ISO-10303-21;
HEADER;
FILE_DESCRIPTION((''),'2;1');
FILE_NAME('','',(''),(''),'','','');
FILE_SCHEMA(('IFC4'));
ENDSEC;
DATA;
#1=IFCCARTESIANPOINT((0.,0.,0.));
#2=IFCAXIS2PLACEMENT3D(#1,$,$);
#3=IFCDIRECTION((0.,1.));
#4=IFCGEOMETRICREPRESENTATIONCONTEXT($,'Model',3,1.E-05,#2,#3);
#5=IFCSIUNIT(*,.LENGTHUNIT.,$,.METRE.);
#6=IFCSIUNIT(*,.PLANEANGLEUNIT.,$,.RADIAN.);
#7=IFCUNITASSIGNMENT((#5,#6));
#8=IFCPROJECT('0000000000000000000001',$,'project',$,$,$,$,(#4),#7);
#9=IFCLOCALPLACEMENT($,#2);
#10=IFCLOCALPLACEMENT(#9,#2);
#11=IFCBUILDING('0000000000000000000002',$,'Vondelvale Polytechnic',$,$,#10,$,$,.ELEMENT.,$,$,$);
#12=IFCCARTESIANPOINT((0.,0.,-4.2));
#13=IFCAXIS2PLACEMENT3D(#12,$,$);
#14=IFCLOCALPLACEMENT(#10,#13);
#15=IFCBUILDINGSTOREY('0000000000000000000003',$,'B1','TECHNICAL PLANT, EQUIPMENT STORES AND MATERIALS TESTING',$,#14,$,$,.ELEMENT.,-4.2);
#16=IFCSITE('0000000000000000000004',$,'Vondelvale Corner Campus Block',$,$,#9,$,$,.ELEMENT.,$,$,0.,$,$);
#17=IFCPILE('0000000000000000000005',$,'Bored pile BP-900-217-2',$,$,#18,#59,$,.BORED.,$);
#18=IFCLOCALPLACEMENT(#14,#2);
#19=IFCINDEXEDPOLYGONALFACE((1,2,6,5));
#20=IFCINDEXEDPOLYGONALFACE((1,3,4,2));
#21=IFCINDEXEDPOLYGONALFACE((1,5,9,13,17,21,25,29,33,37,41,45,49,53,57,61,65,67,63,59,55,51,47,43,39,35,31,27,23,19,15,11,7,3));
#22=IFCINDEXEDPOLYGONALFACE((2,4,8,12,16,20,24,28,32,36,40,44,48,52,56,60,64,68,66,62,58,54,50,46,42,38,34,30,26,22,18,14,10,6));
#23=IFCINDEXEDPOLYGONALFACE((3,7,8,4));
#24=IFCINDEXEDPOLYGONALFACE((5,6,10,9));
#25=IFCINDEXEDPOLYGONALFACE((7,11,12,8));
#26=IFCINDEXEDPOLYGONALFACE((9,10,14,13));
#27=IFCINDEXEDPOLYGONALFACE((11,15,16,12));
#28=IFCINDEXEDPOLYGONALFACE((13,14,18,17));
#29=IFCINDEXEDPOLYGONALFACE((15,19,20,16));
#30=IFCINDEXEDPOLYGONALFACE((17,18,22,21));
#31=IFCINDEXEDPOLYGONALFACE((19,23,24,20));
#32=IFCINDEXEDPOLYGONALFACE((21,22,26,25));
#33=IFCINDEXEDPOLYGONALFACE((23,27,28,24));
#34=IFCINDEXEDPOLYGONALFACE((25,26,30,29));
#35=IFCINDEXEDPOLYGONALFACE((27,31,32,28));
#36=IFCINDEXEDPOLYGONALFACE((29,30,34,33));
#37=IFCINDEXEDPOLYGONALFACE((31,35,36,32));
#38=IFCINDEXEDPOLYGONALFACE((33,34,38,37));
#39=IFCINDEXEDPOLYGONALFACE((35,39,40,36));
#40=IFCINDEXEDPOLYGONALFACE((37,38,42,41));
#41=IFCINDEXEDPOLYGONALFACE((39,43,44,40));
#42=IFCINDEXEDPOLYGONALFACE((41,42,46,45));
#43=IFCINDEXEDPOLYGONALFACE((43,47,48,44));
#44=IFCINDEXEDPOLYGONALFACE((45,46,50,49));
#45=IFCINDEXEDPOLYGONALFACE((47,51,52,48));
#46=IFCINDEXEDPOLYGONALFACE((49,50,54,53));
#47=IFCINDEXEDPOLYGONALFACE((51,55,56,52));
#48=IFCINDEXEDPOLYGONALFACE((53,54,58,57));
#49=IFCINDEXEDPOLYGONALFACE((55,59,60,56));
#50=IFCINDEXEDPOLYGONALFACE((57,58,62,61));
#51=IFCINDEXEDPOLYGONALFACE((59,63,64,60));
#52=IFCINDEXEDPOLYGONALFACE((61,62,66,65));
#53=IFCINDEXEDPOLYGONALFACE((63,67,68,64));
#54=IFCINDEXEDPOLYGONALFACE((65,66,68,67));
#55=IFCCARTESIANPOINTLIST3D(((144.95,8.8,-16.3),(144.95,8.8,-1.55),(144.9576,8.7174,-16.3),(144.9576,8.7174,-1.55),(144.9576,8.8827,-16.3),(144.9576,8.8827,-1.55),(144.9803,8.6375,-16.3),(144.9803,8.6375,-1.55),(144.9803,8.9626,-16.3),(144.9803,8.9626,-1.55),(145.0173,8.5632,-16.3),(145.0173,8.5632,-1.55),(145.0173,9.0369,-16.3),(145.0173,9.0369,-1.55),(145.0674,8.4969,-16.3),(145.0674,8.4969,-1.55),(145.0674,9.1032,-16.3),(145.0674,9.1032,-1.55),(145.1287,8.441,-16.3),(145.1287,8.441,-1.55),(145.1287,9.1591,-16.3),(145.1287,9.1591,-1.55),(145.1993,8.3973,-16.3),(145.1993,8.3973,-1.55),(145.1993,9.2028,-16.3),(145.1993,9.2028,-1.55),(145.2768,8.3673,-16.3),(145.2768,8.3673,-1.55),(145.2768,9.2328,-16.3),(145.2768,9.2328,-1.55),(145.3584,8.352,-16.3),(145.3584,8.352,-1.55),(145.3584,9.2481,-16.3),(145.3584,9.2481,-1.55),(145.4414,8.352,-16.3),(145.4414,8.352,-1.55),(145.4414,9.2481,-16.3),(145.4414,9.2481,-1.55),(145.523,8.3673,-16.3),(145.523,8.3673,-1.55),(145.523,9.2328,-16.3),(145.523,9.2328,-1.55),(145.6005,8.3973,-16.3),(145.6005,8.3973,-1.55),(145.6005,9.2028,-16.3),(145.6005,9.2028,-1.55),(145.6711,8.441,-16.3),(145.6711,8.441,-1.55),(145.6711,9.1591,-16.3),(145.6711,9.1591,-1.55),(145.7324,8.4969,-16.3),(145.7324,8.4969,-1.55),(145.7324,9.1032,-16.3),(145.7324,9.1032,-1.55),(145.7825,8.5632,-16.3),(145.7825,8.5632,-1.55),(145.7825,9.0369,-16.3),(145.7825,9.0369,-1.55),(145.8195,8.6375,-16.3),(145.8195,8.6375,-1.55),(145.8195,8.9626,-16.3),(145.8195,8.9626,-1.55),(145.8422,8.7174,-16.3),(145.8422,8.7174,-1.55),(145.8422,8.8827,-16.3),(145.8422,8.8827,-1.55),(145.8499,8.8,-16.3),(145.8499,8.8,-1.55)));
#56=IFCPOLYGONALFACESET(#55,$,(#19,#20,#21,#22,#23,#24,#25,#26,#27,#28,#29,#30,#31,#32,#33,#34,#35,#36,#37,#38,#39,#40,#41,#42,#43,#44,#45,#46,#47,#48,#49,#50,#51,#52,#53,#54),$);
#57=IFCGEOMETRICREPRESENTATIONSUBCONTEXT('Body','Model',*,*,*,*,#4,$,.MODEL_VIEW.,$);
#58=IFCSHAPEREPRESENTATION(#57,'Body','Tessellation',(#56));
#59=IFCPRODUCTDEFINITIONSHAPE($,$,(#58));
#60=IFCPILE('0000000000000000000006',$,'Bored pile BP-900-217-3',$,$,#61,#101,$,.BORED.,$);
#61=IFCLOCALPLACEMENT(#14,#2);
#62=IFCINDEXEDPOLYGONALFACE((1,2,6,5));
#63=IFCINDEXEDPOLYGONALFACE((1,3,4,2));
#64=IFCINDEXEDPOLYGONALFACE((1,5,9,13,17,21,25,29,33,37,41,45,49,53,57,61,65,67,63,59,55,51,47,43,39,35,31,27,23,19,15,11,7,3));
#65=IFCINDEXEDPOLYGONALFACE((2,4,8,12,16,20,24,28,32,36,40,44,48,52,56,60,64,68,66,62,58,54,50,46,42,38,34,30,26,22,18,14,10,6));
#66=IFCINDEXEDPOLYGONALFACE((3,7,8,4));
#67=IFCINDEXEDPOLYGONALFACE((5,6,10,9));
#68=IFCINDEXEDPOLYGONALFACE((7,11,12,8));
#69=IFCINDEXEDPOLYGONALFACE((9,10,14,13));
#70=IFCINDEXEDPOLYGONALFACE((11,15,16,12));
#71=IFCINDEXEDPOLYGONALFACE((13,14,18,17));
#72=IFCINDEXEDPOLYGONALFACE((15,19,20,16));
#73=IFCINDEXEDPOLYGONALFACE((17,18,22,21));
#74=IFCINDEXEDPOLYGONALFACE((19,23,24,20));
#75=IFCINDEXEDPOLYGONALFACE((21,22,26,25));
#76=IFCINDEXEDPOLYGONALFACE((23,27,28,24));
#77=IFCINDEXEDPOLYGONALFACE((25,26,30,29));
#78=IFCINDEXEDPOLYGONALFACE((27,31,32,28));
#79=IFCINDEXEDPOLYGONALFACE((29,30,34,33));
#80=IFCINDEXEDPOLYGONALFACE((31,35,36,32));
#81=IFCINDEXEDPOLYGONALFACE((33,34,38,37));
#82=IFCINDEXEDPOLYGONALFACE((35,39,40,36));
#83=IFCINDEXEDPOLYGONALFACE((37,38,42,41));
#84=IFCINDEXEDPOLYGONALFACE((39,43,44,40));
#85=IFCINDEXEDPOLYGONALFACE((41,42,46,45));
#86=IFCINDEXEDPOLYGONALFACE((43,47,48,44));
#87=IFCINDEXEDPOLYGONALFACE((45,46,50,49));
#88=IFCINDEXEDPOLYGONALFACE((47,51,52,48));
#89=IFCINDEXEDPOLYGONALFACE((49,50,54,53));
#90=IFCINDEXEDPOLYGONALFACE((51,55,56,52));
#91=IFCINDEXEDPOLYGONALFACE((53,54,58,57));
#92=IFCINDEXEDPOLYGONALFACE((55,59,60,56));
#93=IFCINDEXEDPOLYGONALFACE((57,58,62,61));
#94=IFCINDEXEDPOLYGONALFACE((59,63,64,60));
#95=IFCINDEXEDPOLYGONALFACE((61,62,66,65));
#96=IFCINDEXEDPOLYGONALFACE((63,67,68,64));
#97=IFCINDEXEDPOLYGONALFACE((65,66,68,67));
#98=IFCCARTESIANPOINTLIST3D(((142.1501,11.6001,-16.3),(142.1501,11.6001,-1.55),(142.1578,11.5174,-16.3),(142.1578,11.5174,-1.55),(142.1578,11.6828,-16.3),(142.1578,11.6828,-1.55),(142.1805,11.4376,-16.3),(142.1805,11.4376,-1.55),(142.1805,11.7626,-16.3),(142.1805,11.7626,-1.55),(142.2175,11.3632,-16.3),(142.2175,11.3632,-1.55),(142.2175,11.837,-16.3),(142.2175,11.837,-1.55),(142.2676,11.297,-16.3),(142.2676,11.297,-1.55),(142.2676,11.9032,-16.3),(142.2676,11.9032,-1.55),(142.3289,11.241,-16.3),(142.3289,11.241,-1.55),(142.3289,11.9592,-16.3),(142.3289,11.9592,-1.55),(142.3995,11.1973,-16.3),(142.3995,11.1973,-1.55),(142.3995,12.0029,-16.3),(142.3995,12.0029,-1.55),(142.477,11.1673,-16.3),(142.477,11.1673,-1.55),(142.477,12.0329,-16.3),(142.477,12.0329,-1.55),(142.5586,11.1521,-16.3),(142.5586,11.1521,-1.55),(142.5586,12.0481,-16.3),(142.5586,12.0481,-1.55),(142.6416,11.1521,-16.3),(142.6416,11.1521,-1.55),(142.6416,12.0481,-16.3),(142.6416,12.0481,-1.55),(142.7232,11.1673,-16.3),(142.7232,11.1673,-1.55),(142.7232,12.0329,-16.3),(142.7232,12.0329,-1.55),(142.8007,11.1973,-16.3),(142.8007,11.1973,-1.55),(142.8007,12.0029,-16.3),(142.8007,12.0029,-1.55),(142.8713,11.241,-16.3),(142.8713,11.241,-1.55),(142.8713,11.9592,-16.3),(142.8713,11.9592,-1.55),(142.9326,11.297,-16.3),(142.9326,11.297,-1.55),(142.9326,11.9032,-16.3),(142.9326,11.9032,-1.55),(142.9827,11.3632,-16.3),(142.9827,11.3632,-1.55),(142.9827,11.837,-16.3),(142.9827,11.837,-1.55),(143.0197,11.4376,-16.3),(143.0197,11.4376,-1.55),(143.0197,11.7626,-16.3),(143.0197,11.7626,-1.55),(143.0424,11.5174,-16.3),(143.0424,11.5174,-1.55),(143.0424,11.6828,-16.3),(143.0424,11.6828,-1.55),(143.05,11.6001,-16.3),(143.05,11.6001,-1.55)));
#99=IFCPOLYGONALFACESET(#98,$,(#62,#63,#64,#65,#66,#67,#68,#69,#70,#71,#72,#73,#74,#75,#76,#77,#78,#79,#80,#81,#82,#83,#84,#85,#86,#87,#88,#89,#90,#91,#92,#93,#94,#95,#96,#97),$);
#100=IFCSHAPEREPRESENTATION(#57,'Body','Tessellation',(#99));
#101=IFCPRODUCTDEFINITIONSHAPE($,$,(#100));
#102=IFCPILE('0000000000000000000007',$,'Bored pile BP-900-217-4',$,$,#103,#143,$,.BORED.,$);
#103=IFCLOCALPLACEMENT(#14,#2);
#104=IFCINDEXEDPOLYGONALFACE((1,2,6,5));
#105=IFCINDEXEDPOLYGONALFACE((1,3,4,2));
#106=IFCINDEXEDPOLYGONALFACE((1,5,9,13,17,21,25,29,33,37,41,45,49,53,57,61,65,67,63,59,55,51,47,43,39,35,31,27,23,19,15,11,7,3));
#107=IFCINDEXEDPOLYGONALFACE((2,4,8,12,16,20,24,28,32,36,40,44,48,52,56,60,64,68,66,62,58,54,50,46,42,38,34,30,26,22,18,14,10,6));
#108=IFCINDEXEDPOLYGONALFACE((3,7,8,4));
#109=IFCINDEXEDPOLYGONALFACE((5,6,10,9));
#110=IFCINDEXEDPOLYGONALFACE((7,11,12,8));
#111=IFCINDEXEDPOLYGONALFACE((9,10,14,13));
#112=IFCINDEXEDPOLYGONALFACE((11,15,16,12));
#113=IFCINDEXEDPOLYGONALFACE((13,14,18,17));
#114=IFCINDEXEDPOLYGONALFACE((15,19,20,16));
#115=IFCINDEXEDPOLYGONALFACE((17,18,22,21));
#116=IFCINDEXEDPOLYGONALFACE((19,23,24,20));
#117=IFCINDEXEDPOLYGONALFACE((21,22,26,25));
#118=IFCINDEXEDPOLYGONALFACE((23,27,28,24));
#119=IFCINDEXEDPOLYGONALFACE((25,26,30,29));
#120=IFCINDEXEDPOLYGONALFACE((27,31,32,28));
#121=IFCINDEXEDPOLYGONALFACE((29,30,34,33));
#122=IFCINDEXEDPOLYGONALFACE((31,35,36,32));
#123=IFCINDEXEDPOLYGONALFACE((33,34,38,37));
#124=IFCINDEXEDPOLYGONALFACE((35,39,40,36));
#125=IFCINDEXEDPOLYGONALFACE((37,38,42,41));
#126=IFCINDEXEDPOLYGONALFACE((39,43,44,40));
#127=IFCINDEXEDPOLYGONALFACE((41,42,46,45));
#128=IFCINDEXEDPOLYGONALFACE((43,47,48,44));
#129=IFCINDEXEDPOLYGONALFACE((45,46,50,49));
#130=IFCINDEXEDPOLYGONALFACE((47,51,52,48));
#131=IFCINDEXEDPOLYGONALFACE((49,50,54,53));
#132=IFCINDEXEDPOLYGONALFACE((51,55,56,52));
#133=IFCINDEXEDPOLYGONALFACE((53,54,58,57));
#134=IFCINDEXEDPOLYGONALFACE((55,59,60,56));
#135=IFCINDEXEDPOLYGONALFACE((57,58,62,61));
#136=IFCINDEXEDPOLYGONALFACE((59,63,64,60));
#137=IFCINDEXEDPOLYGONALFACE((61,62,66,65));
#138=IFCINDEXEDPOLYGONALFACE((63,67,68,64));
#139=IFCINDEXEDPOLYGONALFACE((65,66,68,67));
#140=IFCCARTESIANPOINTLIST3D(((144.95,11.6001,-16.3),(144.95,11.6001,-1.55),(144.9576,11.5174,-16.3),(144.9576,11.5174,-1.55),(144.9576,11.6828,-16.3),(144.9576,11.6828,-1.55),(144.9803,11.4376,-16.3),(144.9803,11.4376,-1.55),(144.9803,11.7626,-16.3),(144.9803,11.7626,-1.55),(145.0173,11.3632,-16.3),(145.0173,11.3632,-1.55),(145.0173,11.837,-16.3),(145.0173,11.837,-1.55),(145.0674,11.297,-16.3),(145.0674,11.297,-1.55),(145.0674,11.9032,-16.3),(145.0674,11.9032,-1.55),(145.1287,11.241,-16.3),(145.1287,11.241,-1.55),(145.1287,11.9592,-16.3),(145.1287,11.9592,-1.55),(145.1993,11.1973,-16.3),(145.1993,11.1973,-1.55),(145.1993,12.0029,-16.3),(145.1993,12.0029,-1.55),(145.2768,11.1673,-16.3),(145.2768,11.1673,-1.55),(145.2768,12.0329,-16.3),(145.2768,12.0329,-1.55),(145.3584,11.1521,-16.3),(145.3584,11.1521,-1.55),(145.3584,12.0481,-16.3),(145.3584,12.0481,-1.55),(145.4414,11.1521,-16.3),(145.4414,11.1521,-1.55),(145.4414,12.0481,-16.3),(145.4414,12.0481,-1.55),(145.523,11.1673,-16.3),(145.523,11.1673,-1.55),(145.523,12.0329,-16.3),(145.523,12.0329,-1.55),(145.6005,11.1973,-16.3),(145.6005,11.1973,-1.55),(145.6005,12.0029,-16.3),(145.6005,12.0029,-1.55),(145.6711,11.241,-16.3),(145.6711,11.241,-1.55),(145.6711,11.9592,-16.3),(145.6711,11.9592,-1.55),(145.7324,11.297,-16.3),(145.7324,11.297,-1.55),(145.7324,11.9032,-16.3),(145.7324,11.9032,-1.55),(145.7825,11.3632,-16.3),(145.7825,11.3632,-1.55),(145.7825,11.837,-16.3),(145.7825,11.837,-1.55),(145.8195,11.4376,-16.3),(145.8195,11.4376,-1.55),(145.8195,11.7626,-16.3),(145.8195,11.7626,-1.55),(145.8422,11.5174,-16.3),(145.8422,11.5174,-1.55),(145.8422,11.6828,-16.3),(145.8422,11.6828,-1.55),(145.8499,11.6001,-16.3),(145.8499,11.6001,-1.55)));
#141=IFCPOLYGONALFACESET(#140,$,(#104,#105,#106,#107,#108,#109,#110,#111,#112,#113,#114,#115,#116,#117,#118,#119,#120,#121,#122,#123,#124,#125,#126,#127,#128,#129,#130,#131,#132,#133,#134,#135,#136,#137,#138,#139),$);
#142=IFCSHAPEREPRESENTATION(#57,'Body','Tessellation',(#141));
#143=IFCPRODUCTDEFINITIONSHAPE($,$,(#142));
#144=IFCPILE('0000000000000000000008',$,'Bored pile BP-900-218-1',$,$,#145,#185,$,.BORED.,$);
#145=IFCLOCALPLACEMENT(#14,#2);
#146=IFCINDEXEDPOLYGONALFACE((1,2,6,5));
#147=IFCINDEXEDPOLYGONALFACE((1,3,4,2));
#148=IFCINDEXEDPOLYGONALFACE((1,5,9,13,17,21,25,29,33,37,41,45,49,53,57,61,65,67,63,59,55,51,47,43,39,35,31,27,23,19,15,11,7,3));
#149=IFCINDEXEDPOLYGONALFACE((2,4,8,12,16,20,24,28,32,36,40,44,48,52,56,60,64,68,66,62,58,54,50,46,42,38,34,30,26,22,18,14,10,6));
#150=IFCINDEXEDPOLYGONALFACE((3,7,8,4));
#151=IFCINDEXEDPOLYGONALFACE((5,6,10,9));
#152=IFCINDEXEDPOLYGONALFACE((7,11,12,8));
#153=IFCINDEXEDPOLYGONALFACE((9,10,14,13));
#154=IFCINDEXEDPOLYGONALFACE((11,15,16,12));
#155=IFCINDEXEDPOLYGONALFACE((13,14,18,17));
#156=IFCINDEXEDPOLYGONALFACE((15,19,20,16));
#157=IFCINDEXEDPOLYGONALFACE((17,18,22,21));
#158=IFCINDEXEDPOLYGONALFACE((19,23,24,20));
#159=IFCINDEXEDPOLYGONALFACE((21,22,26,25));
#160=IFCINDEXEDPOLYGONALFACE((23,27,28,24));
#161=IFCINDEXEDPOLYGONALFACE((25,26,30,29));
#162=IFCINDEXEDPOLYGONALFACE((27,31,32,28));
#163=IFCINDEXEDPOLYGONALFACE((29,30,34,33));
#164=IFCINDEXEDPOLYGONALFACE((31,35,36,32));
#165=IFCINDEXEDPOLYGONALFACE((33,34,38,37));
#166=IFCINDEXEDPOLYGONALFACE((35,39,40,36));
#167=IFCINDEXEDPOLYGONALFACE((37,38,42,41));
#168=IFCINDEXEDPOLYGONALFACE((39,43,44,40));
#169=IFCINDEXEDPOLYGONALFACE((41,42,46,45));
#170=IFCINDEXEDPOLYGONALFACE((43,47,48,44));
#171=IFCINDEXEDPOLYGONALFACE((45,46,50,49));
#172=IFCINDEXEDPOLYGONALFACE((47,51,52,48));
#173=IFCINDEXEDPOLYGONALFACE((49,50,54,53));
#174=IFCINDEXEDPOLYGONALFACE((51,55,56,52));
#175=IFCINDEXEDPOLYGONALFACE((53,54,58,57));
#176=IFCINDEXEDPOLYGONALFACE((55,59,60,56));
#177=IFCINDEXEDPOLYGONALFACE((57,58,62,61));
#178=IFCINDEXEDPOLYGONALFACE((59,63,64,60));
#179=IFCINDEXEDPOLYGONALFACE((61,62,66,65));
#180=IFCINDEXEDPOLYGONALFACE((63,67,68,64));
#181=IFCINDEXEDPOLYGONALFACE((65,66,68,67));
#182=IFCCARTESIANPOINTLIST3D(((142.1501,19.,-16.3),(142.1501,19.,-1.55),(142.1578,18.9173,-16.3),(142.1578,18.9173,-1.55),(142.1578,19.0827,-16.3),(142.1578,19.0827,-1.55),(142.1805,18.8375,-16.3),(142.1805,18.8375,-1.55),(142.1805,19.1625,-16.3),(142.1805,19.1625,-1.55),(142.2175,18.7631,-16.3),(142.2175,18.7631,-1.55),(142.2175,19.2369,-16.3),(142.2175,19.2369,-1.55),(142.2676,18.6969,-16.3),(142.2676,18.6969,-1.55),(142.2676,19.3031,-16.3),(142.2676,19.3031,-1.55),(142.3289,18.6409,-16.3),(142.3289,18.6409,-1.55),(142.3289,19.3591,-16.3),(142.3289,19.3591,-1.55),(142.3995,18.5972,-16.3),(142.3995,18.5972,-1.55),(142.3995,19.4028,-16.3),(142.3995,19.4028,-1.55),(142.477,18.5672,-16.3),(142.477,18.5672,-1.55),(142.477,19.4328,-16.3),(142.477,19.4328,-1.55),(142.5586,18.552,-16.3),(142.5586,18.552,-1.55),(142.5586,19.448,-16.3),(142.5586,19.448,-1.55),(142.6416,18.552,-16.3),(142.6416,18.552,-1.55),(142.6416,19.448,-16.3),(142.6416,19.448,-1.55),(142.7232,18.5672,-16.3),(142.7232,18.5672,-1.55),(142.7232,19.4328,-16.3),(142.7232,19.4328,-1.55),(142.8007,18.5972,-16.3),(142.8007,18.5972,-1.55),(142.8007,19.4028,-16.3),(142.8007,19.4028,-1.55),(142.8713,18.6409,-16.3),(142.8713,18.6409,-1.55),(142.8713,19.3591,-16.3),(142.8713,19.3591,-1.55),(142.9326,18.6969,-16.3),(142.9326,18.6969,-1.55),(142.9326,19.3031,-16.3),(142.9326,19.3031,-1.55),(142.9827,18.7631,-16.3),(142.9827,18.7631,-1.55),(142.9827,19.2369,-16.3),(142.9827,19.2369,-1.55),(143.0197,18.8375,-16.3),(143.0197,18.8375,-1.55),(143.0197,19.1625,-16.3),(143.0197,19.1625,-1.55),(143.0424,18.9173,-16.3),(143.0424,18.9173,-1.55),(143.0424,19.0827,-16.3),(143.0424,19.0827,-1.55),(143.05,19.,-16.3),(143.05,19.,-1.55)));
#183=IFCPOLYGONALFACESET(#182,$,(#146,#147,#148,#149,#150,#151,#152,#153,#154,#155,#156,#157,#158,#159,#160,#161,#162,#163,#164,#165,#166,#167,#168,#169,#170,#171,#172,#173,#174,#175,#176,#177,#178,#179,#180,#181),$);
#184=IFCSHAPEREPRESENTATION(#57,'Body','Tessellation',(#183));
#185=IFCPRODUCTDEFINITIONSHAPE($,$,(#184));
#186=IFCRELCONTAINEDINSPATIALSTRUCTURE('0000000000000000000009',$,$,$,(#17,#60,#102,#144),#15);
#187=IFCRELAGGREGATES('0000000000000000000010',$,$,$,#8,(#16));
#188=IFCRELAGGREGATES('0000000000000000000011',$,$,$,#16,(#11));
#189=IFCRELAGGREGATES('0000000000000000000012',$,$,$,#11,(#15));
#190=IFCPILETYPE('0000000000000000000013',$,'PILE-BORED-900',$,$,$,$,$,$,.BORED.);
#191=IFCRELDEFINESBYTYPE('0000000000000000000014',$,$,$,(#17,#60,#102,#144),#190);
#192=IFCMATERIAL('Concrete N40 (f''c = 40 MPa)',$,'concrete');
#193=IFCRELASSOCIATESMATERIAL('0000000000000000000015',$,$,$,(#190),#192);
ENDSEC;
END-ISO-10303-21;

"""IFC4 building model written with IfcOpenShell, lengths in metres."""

from ifc_helpers import new_model, si_unit, direction, frame, origin, origin_2d, place, context, subcontext, project, spatial, circle, extrude, material, material_profile, profile_set, type_object, element, save


model = new_model("IFC4")

# Units and contexts
model_context = context("Model", 3, precision=1e-05, world=origin(), true_north=direction((0.0, 1.0)))
body_context = subcontext(model_context, "Body", "Model", "MODEL_VIEW")
ifc_project = project(units=[si_unit("LENGTHUNIT", "METRE"), si_unit("PLANEANGLEUNIT", "RADIAN")], contexts=[model_context])

# Site, building, storey
site_placement = place(None, origin())
site = spatial("IfcSite", under=ifc_project, at=site_placement, Name="Vondelvale Corner Campus Block", CompositionType="ELEMENT", RefElevation=0.0)
building_placement = place(site_placement, origin())
building = spatial("IfcBuilding", under=site, at=building_placement, Name="Vondelvale Polytechnic", CompositionType="ELEMENT")
storey_placement = place(building_placement, frame((0.0, 0.0, -4.2)))
storey = spatial("IfcBuildingStorey", under=building, at=storey_placement, Name="B1", Description="TECHNICAL PLANT, EQUIPMENT STORES AND MATERIALS TESTING", CompositionType="ELEMENT", Elevation=-4.2)

# Shared definitions
ifc_material_1 = material(Name="Concrete N40 (f'c = 40 MPa)", Category="concrete")

# Piles
ifc_material_profile_1 = material_profile(ifc_material_1, circle(Radius=0.45, at=origin_2d()), Name="PILE-D900")
ifc_profile_set_1 = profile_set([ifc_material_profile_1], Name="Concrete N40 (f'c = 40 MPa)")
pile_type_1 = type_object("IfcPileType", Name="PILE-BORED-900", PredefinedType="BORED", material=ifc_profile_set_1)
for number, where, z_axis, x_axis, name in (
    (1, (145.3999, 8.8, -1.55), (0.0, 0.0, -1.0), (1.0, 0.0, 0.0), "Bored pile BP-900-217-2"),
    (2, (142.6001, 11.6001, -1.55), (0.0, 0.0, -1.0), (1.0, 0.0, 0.0), "Bored pile BP-900-217-3"),
    (3, (145.3999, 11.6001, -1.55), (0.0, 0.0, -1.0), (1.0, 0.0, 0.0), "Bored pile BP-900-217-4"),
    (4, (142.6001, 19.0, -1.55), (0.0, 0.0, -1.0), (1.0, 0.0, 0.0), "Bored pile BP-900-218-1"),
):
    element("IfcPile", number, at=place(storey_placement, frame(where, z_axis=z_axis, x_axis=x_axis)), inside=storey, type_object=pile_type_1, Name=name, PredefinedType="BORED", context=body_context, shape_type="SweptSolid", body=[
        extrude(circle(Radius=0.45, at=origin_2d()), origin(), (0.0, 0.0, 1.0), 14.75),
    ])

save(model, "model.ifc")
